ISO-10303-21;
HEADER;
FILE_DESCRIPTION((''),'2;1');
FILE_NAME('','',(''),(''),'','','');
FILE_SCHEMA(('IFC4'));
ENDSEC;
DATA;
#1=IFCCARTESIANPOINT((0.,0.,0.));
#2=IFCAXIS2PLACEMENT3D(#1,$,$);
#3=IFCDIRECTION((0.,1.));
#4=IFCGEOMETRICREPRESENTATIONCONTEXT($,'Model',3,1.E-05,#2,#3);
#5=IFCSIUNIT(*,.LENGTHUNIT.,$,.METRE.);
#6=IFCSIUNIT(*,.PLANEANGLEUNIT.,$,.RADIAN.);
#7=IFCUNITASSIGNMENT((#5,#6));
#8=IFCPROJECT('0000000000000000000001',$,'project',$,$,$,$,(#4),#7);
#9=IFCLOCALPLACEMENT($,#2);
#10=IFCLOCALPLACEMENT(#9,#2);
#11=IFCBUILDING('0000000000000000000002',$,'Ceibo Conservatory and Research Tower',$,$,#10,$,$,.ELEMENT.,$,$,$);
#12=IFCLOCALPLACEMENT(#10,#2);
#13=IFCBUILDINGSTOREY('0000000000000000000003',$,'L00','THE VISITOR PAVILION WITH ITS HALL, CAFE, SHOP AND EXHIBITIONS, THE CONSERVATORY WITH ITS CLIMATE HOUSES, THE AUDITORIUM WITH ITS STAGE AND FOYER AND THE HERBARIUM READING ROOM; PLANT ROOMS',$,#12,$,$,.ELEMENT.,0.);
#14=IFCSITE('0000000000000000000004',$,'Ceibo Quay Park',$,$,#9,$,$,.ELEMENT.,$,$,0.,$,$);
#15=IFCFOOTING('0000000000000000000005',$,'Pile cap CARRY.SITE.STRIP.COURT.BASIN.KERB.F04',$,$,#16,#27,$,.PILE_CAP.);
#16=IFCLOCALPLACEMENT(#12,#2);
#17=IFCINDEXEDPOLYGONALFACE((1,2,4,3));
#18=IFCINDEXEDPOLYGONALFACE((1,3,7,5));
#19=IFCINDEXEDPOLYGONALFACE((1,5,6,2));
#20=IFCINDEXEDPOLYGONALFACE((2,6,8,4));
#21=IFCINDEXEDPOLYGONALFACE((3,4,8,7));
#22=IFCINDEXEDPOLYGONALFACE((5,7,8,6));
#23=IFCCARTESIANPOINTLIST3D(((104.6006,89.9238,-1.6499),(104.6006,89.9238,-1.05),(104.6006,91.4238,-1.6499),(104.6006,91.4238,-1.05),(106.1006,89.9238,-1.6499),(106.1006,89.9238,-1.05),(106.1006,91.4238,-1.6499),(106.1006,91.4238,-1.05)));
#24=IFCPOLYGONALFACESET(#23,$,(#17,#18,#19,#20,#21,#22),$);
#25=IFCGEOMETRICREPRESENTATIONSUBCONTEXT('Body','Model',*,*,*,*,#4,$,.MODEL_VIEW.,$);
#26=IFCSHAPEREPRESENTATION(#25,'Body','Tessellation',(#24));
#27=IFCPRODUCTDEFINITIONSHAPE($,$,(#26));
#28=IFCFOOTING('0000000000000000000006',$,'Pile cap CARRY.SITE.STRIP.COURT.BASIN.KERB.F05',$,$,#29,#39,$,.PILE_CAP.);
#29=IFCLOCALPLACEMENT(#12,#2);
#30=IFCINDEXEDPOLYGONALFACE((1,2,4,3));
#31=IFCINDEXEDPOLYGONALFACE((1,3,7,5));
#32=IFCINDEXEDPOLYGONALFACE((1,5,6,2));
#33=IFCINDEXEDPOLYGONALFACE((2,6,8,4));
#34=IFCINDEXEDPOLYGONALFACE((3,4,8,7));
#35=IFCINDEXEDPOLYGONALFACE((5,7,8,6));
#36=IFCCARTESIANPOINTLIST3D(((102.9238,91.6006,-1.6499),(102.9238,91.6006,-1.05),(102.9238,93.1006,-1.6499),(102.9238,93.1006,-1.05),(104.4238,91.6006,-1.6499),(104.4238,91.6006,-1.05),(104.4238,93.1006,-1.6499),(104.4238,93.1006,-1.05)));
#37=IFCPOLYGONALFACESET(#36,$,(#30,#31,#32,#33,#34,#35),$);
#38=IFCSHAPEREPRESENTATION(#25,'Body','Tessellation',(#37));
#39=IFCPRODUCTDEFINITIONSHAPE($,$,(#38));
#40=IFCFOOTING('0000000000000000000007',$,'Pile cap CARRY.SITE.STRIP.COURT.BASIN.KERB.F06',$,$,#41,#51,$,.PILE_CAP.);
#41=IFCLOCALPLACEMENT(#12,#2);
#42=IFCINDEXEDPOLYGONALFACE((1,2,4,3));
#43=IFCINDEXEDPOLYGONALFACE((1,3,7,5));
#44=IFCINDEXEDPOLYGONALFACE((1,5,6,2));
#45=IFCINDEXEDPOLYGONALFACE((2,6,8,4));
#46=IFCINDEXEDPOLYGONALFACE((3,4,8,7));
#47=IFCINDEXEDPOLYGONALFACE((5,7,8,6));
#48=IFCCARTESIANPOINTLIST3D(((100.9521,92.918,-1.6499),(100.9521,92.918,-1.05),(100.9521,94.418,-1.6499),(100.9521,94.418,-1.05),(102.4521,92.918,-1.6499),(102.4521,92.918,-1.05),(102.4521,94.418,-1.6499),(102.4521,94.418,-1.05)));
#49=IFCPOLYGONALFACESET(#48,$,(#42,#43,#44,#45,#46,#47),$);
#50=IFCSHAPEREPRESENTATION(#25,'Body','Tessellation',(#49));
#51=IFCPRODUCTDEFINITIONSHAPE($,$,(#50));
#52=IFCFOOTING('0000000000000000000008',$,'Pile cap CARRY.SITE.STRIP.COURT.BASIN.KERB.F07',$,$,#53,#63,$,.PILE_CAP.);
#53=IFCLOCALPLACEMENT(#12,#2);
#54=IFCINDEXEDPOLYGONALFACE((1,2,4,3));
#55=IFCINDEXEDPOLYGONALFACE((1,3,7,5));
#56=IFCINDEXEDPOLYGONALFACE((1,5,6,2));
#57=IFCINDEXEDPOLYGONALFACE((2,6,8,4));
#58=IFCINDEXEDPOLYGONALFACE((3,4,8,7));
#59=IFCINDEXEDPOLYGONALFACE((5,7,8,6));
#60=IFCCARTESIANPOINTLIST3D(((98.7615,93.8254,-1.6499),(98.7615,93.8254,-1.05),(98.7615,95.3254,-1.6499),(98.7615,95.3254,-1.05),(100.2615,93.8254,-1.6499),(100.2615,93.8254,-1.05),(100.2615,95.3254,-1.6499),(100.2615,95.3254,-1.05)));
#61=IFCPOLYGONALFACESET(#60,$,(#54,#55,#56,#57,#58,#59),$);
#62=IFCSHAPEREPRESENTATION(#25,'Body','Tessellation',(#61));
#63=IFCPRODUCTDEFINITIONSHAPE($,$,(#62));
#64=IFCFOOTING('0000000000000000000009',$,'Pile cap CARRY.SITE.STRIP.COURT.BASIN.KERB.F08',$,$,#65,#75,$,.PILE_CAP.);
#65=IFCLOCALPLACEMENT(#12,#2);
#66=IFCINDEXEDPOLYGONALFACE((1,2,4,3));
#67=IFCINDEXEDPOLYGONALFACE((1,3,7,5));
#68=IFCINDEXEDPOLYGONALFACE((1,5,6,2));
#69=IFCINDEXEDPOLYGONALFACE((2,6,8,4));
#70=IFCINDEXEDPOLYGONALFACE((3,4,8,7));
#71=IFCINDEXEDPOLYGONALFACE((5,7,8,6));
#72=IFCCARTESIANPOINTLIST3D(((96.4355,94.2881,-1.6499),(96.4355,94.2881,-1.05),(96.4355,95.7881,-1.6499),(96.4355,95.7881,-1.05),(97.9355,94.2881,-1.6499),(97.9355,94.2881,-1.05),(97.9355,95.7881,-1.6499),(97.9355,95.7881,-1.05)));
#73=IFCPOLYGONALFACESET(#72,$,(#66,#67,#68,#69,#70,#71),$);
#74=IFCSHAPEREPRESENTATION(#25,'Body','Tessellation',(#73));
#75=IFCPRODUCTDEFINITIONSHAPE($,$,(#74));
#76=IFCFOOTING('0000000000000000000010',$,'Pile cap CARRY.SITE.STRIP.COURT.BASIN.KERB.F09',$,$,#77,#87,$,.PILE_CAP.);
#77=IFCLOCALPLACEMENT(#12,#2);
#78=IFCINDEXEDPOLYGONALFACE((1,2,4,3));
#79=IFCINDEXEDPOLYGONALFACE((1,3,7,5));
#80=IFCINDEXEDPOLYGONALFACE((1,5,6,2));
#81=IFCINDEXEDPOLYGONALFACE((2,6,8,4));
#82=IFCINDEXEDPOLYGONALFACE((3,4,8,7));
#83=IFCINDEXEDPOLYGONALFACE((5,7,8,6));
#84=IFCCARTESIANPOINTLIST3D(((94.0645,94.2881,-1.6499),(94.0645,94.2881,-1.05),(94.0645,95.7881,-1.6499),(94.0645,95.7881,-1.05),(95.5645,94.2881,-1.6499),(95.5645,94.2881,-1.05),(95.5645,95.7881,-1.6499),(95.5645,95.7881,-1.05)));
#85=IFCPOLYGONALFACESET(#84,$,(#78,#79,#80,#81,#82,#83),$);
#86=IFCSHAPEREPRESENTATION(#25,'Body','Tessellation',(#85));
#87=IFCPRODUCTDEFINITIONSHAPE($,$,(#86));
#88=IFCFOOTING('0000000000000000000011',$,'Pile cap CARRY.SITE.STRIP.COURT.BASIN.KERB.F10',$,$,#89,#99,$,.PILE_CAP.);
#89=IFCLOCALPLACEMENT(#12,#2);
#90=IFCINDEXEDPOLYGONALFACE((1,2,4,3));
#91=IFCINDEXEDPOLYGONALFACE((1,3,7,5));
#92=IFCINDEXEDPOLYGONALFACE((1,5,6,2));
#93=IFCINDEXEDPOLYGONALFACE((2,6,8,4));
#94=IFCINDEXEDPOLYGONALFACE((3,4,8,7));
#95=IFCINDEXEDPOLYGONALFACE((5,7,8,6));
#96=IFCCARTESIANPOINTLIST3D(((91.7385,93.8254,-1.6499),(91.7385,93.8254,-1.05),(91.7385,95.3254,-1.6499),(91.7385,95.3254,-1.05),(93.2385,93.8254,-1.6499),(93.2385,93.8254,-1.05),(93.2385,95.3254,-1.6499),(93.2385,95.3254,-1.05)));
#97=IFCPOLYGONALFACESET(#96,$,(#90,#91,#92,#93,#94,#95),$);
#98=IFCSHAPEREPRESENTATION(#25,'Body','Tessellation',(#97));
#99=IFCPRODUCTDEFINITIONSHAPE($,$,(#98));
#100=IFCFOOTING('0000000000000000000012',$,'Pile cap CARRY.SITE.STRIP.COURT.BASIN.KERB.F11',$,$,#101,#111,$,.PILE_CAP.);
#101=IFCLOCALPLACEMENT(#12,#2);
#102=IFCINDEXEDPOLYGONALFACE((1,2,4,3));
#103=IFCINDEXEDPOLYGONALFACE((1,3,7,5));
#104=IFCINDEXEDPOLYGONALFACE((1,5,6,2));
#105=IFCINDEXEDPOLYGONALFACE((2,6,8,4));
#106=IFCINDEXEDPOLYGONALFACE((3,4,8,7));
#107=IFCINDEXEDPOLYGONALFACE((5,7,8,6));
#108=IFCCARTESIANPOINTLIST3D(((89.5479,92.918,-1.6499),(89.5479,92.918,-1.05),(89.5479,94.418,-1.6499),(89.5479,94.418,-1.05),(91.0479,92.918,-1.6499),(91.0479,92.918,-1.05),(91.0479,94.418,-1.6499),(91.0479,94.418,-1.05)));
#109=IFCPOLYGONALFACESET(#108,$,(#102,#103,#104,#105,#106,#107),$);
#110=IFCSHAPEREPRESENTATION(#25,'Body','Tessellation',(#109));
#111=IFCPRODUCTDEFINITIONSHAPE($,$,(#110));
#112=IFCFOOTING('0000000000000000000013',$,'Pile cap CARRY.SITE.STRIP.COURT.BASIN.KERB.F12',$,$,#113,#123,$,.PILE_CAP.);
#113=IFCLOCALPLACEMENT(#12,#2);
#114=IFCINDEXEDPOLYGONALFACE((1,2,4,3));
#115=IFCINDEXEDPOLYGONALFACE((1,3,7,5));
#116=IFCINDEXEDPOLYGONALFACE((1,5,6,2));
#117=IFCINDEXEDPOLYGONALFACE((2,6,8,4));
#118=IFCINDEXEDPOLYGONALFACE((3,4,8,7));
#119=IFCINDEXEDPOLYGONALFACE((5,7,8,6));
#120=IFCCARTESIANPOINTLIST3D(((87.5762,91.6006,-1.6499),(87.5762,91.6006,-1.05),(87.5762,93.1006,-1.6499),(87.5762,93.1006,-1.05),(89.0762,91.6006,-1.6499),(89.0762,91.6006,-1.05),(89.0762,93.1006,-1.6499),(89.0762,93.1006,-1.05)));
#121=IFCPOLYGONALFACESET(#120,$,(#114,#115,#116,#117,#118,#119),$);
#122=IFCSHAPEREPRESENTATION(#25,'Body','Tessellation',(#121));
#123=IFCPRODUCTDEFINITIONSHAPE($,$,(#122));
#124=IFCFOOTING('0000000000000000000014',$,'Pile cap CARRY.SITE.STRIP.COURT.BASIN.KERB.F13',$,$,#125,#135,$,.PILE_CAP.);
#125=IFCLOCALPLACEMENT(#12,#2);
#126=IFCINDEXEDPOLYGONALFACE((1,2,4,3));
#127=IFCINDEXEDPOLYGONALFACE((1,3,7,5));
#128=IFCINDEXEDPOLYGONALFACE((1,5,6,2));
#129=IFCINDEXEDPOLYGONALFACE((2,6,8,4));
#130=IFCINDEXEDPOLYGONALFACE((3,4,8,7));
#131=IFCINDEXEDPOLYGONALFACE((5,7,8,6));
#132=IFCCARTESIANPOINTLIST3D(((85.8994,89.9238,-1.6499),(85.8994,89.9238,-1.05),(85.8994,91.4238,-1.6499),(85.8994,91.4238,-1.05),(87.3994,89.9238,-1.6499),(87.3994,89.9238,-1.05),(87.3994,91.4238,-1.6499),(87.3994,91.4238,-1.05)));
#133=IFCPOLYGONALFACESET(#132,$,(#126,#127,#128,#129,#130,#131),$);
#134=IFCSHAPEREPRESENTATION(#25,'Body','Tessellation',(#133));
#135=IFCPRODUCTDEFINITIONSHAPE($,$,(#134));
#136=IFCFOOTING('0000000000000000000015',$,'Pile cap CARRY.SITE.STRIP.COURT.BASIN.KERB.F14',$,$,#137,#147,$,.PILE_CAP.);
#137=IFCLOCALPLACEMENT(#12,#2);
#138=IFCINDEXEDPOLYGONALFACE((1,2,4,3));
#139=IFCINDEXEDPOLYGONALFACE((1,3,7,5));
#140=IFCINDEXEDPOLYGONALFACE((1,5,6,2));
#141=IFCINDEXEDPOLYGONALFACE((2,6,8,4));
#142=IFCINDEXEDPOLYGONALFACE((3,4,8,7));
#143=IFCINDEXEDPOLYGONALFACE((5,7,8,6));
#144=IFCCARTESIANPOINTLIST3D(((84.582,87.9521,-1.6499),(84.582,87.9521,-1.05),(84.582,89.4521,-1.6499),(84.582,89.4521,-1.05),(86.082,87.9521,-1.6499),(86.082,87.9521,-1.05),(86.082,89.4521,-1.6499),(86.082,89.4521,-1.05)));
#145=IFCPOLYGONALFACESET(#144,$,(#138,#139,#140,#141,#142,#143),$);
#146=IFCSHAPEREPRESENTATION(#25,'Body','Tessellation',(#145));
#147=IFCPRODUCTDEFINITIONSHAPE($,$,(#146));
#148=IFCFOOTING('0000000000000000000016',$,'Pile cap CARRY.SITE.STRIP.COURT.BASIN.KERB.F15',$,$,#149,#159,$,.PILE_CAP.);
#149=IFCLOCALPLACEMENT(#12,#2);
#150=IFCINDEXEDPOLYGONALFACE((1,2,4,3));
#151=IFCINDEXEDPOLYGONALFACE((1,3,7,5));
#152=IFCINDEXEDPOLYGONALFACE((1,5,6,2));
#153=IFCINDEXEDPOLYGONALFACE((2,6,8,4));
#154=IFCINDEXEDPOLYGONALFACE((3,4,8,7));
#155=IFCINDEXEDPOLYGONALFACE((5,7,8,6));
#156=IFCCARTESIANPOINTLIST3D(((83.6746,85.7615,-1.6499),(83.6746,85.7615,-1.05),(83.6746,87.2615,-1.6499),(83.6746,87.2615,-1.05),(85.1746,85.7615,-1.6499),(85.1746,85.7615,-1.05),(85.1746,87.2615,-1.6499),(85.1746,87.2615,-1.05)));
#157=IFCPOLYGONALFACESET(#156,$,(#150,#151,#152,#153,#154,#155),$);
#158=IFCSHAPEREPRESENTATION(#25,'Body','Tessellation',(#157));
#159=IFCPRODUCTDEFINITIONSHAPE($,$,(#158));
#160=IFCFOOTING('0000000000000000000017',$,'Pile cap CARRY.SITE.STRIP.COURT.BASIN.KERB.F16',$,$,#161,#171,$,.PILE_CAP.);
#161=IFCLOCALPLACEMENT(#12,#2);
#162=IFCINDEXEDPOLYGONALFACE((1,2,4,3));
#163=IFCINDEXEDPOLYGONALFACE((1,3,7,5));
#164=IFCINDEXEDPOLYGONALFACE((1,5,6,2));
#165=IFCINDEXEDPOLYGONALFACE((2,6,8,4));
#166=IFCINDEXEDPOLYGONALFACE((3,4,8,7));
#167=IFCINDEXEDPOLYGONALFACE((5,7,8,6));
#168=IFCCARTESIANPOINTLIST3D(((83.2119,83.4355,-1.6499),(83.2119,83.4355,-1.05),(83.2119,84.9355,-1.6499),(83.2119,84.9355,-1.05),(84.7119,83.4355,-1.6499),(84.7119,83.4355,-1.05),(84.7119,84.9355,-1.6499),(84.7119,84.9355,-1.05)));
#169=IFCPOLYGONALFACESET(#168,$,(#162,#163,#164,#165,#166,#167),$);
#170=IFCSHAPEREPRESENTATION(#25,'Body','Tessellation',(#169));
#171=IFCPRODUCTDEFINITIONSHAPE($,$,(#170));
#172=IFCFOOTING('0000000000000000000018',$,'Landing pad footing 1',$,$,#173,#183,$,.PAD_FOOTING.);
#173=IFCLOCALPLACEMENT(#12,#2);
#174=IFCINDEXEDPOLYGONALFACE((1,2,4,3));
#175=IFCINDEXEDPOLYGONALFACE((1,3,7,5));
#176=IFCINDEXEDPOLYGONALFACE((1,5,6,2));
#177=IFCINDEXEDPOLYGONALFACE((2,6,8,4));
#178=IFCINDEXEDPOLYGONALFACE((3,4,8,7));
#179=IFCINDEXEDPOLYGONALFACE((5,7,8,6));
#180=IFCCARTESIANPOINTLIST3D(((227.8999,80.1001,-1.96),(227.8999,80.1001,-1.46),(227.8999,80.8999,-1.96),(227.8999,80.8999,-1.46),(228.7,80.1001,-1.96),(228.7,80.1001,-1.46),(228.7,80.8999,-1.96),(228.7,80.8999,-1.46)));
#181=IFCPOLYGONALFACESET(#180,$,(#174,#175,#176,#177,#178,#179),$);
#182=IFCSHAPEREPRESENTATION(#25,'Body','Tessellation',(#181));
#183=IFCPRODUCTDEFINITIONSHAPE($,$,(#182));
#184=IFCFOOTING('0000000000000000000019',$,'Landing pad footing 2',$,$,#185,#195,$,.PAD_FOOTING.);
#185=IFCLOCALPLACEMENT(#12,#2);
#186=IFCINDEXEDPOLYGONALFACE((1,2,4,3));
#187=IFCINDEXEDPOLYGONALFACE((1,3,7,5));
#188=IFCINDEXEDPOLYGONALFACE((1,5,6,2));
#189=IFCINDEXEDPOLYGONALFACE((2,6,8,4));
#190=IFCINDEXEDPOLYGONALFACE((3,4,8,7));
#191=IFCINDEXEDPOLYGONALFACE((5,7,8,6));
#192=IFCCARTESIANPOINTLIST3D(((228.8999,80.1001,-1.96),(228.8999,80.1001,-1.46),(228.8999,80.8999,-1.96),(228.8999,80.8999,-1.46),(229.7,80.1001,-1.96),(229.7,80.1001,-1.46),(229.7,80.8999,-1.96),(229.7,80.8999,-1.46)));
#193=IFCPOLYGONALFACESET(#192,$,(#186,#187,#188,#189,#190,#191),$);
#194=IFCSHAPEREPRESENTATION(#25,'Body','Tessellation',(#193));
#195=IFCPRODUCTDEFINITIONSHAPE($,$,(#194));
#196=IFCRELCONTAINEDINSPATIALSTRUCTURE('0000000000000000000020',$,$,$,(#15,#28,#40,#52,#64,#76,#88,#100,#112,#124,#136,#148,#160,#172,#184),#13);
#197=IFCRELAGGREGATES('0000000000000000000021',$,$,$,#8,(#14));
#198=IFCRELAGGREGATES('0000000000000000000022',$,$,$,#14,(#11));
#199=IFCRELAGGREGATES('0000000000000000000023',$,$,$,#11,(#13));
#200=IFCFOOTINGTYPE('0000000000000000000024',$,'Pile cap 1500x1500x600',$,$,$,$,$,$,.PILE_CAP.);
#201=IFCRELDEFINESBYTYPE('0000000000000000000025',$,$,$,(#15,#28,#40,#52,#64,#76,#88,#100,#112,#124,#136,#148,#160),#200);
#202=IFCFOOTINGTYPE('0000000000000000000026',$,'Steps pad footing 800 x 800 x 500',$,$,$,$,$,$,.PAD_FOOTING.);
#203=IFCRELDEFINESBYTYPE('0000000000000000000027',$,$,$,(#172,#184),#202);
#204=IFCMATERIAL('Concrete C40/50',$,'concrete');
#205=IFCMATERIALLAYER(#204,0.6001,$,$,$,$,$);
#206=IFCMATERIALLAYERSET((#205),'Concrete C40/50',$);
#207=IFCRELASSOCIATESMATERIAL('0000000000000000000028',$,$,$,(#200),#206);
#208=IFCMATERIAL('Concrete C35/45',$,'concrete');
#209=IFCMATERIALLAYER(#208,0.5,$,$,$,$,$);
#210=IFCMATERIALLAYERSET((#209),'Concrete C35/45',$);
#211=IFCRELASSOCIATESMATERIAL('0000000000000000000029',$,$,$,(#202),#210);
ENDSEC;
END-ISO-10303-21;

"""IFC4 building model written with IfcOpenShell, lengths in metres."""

from ifc_helpers import new_model, si_unit, direction, frame, origin, place, context, subcontext, project, spatial, polyline, outline, extrude, material, layer, layer_set, type_object, element, save


model = new_model("IFC4")

# Units and contexts
model_context = context("Model", 3, precision=1e-05, world=origin(), true_north=direction((0.0, 1.0)))
body_context = subcontext(model_context, "Body", "Model", "MODEL_VIEW")
ifc_project = project(units=[si_unit("LENGTHUNIT", "METRE"), si_unit("PLANEANGLEUNIT", "RADIAN")], contexts=[model_context])

# Site, building, storey
site_placement = place(None, origin())
site = spatial("IfcSite", under=ifc_project, at=site_placement, Name="Ceibo Quay Park", CompositionType="ELEMENT", RefElevation=0.0)
building_placement = place(site_placement, origin())
building = spatial("IfcBuilding", under=site, at=building_placement, Name="Ceibo Conservatory and Research Tower", CompositionType="ELEMENT")
storey_placement = place(building_placement, origin())
storey = spatial("IfcBuildingStorey", under=building, at=storey_placement, Name="L00", Description="THE VISITOR PAVILION WITH ITS HALL, CAFE, SHOP AND EXHIBITIONS, THE CONSERVATORY WITH ITS CLIMATE HOUSES, THE AUDITORIUM WITH ITS STAGE AND FOYER AND THE HERBARIUM READING ROOM; PLANT ROOMS", CompositionType="ELEMENT", Elevation=0.0)

# Footings
ifc_material_1 = material(Name="Concrete C40/50", Category="concrete")
ifc_layer_1 = layer(ifc_material_1, 0.6001)
ifc_layer_set_1 = layer_set([ifc_layer_1], Name="Concrete C40/50")
footing_type_1 = type_object("IfcFootingType", Name="Pile cap 1500x1500x600", PredefinedType="PILE_CAP", material=ifc_layer_set_1)
footing_1_placement = place(storey_placement, frame((0.0, 0.0, -1.6499)))
element("IfcFooting", 1, at=footing_1_placement, inside=storey, type_object=footing_type_1, Name="Pile cap CARRY.SITE.STRIP.COURT.BASIN.KERB.F04", PredefinedType="PILE_CAP", context=body_context, shape_type="SweptSolid", body=[
    extrude(outline(polyline([(106.1006, 89.9238), (106.1006, 91.4238), (104.6006, 91.4238), (104.6006, 89.9238), (106.1006, 89.9238)])), origin(), (0.0, 0.0, 1.0), 0.5999),
])
footing_2_placement = place(storey_placement, frame((0.0, 0.0, -1.6499)))
element("IfcFooting", 2, at=footing_2_placement, inside=storey, type_object=footing_type_1, Name="Pile cap CARRY.SITE.STRIP.COURT.BASIN.KERB.F05", PredefinedType="PILE_CAP", context=body_context, shape_type="SweptSolid", body=[
    extrude(outline(polyline([(104.4238, 91.6006), (104.4238, 93.1006), (102.9238, 93.1006), (102.9238, 91.6006), (104.4238, 91.6006)])), origin(), (0.0, 0.0, 1.0), 0.5999),
])
footing_3_placement = place(storey_placement, frame((0.0, 0.0, -1.6499)))
element("IfcFooting", 3, at=footing_3_placement, inside=storey, type_object=footing_type_1, Name="Pile cap CARRY.SITE.STRIP.COURT.BASIN.KERB.F06", PredefinedType="PILE_CAP", context=body_context, shape_type="SweptSolid", body=[
    extrude(outline(polyline([(102.4521, 92.918), (102.4521, 94.418), (100.9521, 94.418), (100.9521, 92.918), (102.4521, 92.918)])), origin(), (0.0, 0.0, 1.0), 0.5999),
])
footing_4_placement = place(storey_placement, frame((0.0, 0.0, -1.6499)))
element("IfcFooting", 4, at=footing_4_placement, inside=storey, type_object=footing_type_1, Name="Pile cap CARRY.SITE.STRIP.COURT.BASIN.KERB.F07", PredefinedType="PILE_CAP", context=body_context, shape_type="SweptSolid", body=[
    extrude(outline(polyline([(100.2615, 93.8254), (100.2615, 95.3254), (98.7615, 95.3254), (98.7615, 93.8254), (100.2615, 93.8254)])), origin(), (0.0, 0.0, 1.0), 0.5999),
])
footing_5_placement = place(storey_placement, frame((0.0, 0.0, -1.6499)))
element("IfcFooting", 5, at=footing_5_placement, inside=storey, type_object=footing_type_1, Name="Pile cap CARRY.SITE.STRIP.COURT.BASIN.KERB.F08", PredefinedType="PILE_CAP", context=body_context, shape_type="SweptSolid", body=[
    extrude(outline(polyline([(97.9355, 94.2881), (97.9355, 95.7881), (96.4355, 95.7881), (96.4355, 94.2881), (97.9355, 94.2881)])), origin(), (0.0, 0.0, 1.0), 0.5999),
])
footing_6_placement = place(storey_placement, frame((0.0, 0.0, -1.6499)))
element("IfcFooting", 6, at=footing_6_placement, inside=storey, type_object=footing_type_1, Name="Pile cap CARRY.SITE.STRIP.COURT.BASIN.KERB.F09", PredefinedType="PILE_CAP", context=body_context, shape_type="SweptSolid", body=[
    extrude(outline(polyline([(95.5645, 94.2881), (95.5645, 95.7881), (94.0645, 95.7881), (94.0645, 94.2881), (95.5645, 94.2881)])), origin(), (0.0, 0.0, 1.0), 0.5999),
])
footing_7_placement = place(storey_placement, frame((0.0, 0.0, -1.6499)))
element("IfcFooting", 7, at=footing_7_placement, inside=storey, type_object=footing_type_1, Name="Pile cap CARRY.SITE.STRIP.COURT.BASIN.KERB.F10", PredefinedType="PILE_CAP", context=body_context, shape_type="SweptSolid", body=[
    extrude(outline(polyline([(93.2385, 93.8254), (93.2385, 95.3254), (91.7385, 95.3254), (91.7385, 93.8254), (93.2385, 93.8254)])), origin(), (0.0, 0.0, 1.0), 0.5999),
])
footing_8_placement = place(storey_placement, frame((0.0, 0.0, -1.6499)))
element("IfcFooting", 8, at=footing_8_placement, inside=storey, type_object=footing_type_1, Name="Pile cap CARRY.SITE.STRIP.COURT.BASIN.KERB.F11", PredefinedType="PILE_CAP", context=body_context, shape_type="SweptSolid", body=[
    extrude(outline(polyline([(91.0479, 92.918), (91.0479, 94.418), (89.5479, 94.418), (89.5479, 92.918), (91.0479, 92.918)])), origin(), (0.0, 0.0, 1.0), 0.5999),
])
footing_9_placement = place(storey_placement, frame((0.0, 0.0, -1.6499)))
element("IfcFooting", 9, at=footing_9_placement, inside=storey, type_object=footing_type_1, Name="Pile cap CARRY.SITE.STRIP.COURT.BASIN.KERB.F12", PredefinedType="PILE_CAP", context=body_context, shape_type="SweptSolid", body=[
    extrude(outline(polyline([(89.0762, 91.6006), (89.0762, 93.1006), (87.5762, 93.1006), (87.5762, 91.6006), (89.0762, 91.6006)])), origin(), (0.0, 0.0, 1.0), 0.5999),
])
footing_10_placement = place(storey_placement, frame((0.0, 0.0, -1.6499)))
element("IfcFooting", 10, at=footing_10_placement, inside=storey, type_object=footing_type_1, Name="Pile cap CARRY.SITE.STRIP.COURT.BASIN.KERB.F13", PredefinedType="PILE_CAP", context=body_context, shape_type="SweptSolid", body=[
    extrude(outline(polyline([(87.3994, 89.9238), (87.3994, 91.4238), (85.8994, 91.4238), (85.8994, 89.9238), (87.3994, 89.9238)])), origin(), (0.0, 0.0, 1.0), 0.5999),
])
footing_11_placement = place(storey_placement, frame((0.0, 0.0, -1.6499)))
element("IfcFooting", 11, at=footing_11_placement, inside=storey, type_object=footing_type_1, Name="Pile cap CARRY.SITE.STRIP.COURT.BASIN.KERB.F14", PredefinedType="PILE_CAP", context=body_context, shape_type="SweptSolid", body=[
    extrude(outline(polyline([(86.082, 87.9521), (86.082, 89.4521), (84.582, 89.4521), (84.582, 87.9521), (86.082, 87.9521)])), origin(), (0.0, 0.0, 1.0), 0.5999),
])
footing_12_placement = place(storey_placement, frame((0.0, 0.0, -1.6499)))
element("IfcFooting", 12, at=footing_12_placement, inside=storey, type_object=footing_type_1, Name="Pile cap CARRY.SITE.STRIP.COURT.BASIN.KERB.F15", PredefinedType="PILE_CAP", context=body_context, shape_type="SweptSolid", body=[
    extrude(outline(polyline([(85.1746, 85.7615), (85.1746, 87.2615), (83.6746, 87.2615), (83.6746, 85.7615), (85.1746, 85.7615)])), origin(), (0.0, 0.0, 1.0), 0.5999),
])
footing_13_placement = place(storey_placement, frame((0.0, 0.0, -1.6499)))
element("IfcFooting", 13, at=footing_13_placement, inside=storey, type_object=footing_type_1, Name="Pile cap CARRY.SITE.STRIP.COURT.BASIN.KERB.F16", PredefinedType="PILE_CAP", context=body_context, shape_type="SweptSolid", body=[
    extrude(outline(polyline([(84.7119, 83.4355), (84.7119, 84.9355), (83.2119, 84.9355), (83.2119, 83.4355), (84.7119, 83.4355)])), origin(), (0.0, 0.0, 1.0), 0.5999),
])
ifc_material_2 = material(Name="Concrete C35/45", Category="concrete")
ifc_layer_2 = layer(ifc_material_2, 0.5)
ifc_layer_set_2 = layer_set([ifc_layer_2], Name="Concrete C35/45")
footing_type_2 = type_object("IfcFootingType", Name="Steps pad footing 800 x 800 x 500", PredefinedType="PAD_FOOTING", material=ifc_layer_set_2)
footing_14_placement = place(storey_placement, frame((0.0, 0.0, -1.96)))
element("IfcFooting", 14, at=footing_14_placement, inside=storey, type_object=footing_type_2, Name="Landing pad footing 1", PredefinedType="PAD_FOOTING", context=body_context, shape_type="SweptSolid", body=[
    extrude(outline(polyline([(227.8999, 80.1001), (228.7, 80.1001), (228.7, 80.8999), (227.8999, 80.8999), (227.8999, 80.1001)])), origin(), (0.0, 0.0, 1.0), 0.5),
])
footing_15_placement = place(storey_placement, frame((0.0, 0.0, -1.96)))
element("IfcFooting", 15, at=footing_15_placement, inside=storey, type_object=footing_type_2, Name="Landing pad footing 2", PredefinedType="PAD_FOOTING", context=body_context, shape_type="SweptSolid", body=[
    extrude(outline(polyline([(228.8999, 80.1001), (229.7, 80.1001), (229.7, 80.8999), (228.8999, 80.8999), (228.8999, 80.1001)])), origin(), (0.0, 0.0, 1.0), 0.5),
])

save(model, "model.ifc")
